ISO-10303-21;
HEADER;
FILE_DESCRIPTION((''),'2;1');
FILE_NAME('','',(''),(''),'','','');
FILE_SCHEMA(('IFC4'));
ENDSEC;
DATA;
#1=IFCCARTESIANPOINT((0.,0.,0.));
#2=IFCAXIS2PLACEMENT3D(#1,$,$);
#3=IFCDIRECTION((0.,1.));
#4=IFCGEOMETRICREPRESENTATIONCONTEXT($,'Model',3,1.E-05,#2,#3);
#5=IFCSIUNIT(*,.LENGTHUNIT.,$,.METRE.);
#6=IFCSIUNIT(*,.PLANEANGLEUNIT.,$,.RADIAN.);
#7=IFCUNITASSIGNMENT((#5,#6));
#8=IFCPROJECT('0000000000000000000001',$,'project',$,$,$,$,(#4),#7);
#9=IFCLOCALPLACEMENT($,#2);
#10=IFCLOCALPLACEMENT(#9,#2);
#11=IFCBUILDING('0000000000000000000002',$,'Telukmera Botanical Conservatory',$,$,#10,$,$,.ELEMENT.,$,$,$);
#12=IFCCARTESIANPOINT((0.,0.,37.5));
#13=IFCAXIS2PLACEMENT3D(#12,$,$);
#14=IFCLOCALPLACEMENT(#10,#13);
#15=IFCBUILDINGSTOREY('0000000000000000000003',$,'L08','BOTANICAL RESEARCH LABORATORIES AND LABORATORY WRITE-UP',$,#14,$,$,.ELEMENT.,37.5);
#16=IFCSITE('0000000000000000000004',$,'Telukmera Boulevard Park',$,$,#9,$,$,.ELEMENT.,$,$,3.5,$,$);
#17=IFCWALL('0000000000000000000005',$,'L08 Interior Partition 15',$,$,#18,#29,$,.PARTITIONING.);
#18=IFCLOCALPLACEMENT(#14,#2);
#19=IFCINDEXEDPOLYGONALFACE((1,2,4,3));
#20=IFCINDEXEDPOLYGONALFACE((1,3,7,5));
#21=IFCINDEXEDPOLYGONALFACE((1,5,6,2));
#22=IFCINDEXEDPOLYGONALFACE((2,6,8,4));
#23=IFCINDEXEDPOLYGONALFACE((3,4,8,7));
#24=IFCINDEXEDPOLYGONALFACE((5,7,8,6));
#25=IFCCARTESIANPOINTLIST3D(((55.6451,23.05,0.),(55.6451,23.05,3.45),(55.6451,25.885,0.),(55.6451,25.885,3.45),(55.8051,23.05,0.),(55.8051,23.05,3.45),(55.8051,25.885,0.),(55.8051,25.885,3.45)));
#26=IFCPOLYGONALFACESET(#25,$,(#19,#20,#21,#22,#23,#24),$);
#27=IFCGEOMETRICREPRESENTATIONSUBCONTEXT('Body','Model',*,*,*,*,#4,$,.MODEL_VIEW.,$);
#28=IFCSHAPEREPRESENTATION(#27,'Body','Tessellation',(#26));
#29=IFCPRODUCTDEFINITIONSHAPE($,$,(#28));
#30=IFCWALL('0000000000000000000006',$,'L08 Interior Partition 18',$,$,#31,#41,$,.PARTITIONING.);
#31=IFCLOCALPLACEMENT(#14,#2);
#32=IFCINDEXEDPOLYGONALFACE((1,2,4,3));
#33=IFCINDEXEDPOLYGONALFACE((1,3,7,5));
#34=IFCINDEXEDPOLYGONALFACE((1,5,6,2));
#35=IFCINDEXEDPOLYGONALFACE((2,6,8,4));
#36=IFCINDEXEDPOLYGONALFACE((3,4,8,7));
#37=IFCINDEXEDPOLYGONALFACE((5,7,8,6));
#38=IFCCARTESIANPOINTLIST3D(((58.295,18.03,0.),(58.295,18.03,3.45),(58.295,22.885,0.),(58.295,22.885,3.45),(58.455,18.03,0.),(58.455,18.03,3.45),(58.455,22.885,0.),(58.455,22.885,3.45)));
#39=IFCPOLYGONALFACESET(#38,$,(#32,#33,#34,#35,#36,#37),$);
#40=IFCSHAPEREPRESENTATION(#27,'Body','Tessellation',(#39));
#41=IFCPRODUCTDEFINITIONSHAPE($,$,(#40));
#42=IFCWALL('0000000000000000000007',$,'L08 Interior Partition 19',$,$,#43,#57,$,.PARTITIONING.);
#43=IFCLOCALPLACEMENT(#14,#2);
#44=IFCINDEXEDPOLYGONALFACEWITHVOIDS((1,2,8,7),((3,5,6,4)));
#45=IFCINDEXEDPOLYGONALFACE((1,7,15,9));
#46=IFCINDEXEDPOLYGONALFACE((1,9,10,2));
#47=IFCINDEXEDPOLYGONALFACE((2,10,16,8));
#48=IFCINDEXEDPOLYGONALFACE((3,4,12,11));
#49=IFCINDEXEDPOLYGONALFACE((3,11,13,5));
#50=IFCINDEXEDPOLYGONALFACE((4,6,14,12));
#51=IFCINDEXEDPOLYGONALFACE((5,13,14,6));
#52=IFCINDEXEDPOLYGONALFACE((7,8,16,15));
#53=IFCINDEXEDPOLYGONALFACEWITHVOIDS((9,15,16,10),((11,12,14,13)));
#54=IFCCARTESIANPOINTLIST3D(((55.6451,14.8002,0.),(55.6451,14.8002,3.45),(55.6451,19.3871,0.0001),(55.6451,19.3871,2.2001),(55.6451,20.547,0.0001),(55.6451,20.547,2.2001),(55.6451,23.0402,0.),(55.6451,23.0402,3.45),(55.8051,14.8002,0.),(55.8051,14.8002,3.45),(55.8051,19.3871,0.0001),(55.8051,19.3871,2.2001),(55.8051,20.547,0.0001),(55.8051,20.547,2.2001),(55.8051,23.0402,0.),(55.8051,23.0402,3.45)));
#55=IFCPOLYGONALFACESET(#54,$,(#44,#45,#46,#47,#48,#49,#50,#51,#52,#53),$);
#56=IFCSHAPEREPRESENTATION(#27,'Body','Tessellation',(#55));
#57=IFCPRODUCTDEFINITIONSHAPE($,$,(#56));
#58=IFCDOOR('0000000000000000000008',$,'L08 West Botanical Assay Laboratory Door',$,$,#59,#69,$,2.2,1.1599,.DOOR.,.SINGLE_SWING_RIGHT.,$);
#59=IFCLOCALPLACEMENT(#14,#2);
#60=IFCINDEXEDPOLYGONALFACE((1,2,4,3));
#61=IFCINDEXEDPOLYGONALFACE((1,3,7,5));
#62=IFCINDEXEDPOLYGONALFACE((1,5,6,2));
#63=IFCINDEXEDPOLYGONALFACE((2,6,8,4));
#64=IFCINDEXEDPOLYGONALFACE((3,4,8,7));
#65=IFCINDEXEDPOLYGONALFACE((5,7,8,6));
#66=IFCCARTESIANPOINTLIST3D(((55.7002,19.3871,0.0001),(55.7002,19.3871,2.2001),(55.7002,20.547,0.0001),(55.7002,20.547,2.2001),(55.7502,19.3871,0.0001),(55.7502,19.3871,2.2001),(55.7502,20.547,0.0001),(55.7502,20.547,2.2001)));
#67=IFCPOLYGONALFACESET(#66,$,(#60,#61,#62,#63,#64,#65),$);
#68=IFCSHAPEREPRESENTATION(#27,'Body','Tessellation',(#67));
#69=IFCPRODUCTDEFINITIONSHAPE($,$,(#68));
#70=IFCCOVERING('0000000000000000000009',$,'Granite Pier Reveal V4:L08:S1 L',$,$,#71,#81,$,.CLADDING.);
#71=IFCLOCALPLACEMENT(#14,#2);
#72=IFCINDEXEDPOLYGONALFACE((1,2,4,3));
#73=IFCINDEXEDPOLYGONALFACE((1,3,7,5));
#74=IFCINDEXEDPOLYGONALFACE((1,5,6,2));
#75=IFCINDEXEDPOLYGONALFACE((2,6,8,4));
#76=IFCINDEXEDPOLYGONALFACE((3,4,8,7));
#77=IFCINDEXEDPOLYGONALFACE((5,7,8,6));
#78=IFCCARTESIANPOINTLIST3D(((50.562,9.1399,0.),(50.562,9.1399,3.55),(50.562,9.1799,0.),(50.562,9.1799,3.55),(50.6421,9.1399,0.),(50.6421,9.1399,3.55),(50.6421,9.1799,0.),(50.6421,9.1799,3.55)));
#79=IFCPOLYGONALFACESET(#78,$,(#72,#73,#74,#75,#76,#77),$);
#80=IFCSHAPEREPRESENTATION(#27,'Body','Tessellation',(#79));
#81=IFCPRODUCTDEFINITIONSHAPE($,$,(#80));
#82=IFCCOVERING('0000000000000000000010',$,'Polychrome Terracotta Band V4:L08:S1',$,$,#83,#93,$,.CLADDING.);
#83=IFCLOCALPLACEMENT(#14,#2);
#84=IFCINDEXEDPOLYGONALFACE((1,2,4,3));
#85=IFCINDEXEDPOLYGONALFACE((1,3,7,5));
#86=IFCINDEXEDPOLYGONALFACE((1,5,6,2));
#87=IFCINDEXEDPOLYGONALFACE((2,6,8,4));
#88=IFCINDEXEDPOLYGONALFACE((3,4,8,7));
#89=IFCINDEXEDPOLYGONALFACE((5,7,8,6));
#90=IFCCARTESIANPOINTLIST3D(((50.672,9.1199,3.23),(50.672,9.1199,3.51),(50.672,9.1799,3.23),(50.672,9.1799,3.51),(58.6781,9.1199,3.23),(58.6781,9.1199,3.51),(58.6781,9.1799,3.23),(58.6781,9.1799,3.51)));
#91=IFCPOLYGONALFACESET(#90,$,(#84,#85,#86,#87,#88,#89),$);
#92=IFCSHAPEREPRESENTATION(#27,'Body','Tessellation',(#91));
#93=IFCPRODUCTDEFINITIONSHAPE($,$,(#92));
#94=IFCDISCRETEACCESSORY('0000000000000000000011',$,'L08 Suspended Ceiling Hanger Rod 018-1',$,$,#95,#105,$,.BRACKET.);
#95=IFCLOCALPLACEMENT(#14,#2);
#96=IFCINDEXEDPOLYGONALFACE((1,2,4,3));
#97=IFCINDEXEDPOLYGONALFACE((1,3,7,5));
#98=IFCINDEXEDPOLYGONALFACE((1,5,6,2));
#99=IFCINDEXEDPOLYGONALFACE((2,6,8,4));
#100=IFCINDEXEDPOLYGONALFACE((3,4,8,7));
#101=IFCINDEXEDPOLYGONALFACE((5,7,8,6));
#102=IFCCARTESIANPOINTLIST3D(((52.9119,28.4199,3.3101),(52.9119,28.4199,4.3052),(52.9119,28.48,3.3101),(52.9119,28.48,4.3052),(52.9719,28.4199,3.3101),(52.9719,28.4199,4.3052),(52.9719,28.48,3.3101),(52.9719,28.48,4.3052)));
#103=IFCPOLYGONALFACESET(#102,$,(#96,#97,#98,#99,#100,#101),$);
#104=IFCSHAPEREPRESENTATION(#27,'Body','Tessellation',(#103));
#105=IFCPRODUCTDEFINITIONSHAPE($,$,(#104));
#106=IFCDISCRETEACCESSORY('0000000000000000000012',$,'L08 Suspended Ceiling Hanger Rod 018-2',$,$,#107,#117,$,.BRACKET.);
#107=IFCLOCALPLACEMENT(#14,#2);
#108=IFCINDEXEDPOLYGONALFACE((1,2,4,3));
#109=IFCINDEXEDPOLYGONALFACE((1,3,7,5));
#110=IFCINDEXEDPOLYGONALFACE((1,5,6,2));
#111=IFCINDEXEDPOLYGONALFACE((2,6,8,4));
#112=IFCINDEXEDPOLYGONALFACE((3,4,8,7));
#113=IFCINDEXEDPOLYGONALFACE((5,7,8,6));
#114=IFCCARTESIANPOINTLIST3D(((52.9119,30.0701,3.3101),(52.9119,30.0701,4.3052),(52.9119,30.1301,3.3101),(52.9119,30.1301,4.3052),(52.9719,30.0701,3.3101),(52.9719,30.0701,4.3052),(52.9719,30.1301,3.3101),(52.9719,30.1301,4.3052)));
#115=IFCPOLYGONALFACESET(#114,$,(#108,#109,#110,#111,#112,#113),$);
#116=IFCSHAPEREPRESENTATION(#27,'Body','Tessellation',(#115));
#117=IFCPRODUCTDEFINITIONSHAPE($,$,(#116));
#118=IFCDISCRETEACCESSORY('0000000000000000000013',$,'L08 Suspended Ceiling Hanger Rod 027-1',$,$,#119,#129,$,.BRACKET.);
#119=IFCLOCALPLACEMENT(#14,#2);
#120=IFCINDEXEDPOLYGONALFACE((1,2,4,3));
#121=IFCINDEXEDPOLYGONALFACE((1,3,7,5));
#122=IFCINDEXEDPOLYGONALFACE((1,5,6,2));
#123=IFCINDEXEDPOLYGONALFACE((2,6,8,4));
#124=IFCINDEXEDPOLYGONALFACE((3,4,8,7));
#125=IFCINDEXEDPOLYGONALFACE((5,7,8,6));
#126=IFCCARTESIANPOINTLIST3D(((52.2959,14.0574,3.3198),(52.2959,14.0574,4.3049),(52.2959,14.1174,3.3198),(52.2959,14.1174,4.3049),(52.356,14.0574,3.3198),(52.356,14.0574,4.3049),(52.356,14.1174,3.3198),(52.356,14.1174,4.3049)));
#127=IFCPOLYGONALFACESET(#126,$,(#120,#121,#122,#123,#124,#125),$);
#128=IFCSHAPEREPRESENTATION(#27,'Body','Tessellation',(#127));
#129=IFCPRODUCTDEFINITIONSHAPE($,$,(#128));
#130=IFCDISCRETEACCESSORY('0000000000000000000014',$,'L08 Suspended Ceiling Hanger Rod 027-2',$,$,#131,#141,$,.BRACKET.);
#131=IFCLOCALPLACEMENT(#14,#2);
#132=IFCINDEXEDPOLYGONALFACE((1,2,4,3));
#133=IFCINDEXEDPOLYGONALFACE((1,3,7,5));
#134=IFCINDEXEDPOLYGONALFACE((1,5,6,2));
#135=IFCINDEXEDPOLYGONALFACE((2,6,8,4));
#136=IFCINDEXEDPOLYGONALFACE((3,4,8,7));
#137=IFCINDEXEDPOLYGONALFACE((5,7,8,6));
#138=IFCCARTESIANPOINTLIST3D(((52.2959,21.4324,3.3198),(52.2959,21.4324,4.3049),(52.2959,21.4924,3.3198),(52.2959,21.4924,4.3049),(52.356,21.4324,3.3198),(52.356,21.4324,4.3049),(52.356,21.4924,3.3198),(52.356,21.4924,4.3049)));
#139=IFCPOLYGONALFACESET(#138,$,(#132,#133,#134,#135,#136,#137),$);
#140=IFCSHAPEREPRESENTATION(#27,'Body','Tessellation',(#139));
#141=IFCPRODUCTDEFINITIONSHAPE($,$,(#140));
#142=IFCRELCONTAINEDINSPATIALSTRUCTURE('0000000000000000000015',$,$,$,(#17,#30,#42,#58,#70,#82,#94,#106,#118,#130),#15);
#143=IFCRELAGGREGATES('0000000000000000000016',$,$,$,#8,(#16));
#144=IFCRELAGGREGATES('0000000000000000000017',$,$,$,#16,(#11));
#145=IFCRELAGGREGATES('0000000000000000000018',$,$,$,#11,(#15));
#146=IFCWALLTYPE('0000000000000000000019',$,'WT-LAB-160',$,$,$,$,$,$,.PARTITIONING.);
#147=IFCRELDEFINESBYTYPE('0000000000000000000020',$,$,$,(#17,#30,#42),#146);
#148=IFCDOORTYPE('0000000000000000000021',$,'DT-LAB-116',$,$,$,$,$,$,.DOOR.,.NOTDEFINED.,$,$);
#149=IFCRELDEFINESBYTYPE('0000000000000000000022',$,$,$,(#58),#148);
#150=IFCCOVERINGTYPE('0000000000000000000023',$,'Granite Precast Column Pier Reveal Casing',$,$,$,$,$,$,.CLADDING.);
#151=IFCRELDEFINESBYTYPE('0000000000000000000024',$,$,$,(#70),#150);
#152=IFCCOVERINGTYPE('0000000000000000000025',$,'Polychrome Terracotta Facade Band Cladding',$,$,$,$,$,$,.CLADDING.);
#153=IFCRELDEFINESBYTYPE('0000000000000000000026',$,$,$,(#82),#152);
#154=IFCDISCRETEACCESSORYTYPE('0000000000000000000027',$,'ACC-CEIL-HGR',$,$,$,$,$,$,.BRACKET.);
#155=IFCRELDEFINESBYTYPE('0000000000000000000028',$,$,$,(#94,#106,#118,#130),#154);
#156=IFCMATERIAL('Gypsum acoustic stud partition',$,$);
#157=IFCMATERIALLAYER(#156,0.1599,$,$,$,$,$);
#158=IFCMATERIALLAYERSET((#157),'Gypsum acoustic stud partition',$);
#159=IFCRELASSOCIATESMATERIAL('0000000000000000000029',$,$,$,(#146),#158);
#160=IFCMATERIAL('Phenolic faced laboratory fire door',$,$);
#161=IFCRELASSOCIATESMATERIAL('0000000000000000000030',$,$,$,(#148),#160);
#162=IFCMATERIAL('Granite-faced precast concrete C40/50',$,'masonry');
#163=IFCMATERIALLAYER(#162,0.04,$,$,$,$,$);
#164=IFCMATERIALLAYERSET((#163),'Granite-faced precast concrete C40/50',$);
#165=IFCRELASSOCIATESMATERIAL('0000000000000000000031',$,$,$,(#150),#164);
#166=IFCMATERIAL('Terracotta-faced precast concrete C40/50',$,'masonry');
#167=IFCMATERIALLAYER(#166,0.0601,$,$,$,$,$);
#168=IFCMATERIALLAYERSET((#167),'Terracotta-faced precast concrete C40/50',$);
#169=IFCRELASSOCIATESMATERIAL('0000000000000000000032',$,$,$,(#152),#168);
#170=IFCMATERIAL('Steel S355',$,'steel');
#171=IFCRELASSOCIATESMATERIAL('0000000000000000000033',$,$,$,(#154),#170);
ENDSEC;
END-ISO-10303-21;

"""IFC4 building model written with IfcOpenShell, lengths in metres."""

from ifc_helpers import new_model, si_unit, direction, frame, frame_2d, origin, origin_2d, place, context, subcontext, project, spatial, rectangle, extrude, material, layer, layer_set, type_object, element, fill, save


model = new_model("IFC4")

# Units and contexts
model_context = context("Model", 3, precision=1e-05, world=origin(), true_north=direction((0.0, 1.0)))
body_context = subcontext(model_context, "Body", "Model", "MODEL_VIEW")
ifc_project = project(units=[si_unit("LENGTHUNIT", "METRE"), si_unit("PLANEANGLEUNIT", "RADIAN")], contexts=[model_context])

# Site, building, storey
site_placement = place(None, origin())
site = spatial("IfcSite", under=ifc_project, at=site_placement, Name="Telukmera Boulevard Park", CompositionType="ELEMENT", RefElevation=3.5)
building_placement = place(site_placement, origin())
building = spatial("IfcBuilding", under=site, at=building_placement, Name="Telukmera Botanical Conservatory", CompositionType="ELEMENT")
storey_placement = place(building_placement, frame((0.0, 0.0, 37.5)))
storey = spatial("IfcBuildingStorey", under=building, at=storey_placement, Name="L08", Description="BOTANICAL RESEARCH LABORATORIES AND LABORATORY WRITE-UP", CompositionType="ELEMENT", Elevation=37.5)

# Shared definitions
ifc_material_1 = material(Name="Gypsum acoustic stud partition")
ifc_layer_1 = layer(ifc_material_1, 0.1599)
ifc_layer_set_1 = layer_set([ifc_layer_1], Name="Gypsum acoustic stud partition")
wall_type_1 = type_object("IfcWallType", Name="WT-LAB-160", PredefinedType="PARTITIONING", material=ifc_layer_set_1)
ifc_material_2 = material(Name="Phenolic faced laboratory fire door")
door_type = type_object("IfcDoorType", Name="DT-LAB-116", OperationType="NOTDEFINED", PredefinedType="DOOR", material=ifc_material_2)

# Walls
wall_1_placement = place(storey_placement, frame((55.7251, 23.05, 0.0), z_axis=(0.0, 0.0, 1.0), x_axis=(0.0, 1.0, 0.0)))
element("IfcWall", 1, at=wall_1_placement, inside=storey, type_object=wall_type_1, Name="L08 Interior Partition 15", PredefinedType="PARTITIONING", context=body_context, shape_type="SweptSolid", body=[
    extrude(rectangle(XDim=2.835, YDim=0.1599, at=frame_2d((1.4175, 0.0))), origin(), (0.0, 0.0, 1.0), 3.45),
])
wall_2_placement = place(storey_placement, frame((58.375, 18.03, 0.0), z_axis=(0.0, 0.0, 1.0), x_axis=(0.0, 1.0, 0.0)))
element("IfcWall", 2, at=wall_2_placement, inside=storey, type_object=wall_type_1, Name="L08 Interior Partition 18", PredefinedType="PARTITIONING", context=body_context, shape_type="SweptSolid", body=[
    extrude(rectangle(XDim=4.855, YDim=0.1599, at=frame_2d((2.4275, 0.0))), origin(), (0.0, 0.0, 1.0), 3.45),
])

# Wall, opening, door
wall_3_placement = place(storey_placement, frame((55.7251, 14.8, 0.0), z_axis=(0.0, 0.0, 1.0), x_axis=(0.0, 1.0, 0.0)))
wall_3 = element("IfcWall", 3, at=wall_3_placement, inside=storey, type_object=wall_type_1, Name="L08 Interior Partition 19", PredefinedType="PARTITIONING", context=body_context, shape_type="SweptSolid", body=[
    extrude(rectangle(XDim=8.24, YDim=0.1599, at=frame_2d((4.1201, 0.0))), origin(), (0.0, 0.0, 1.0), 3.45),
])
opening_1_placement = place(wall_3_placement, frame((4.5869, 0.0, 0.0)))
opening_1 = element("IfcOpeningElement", 4, at=opening_1_placement, cuts=wall_3, PredefinedType="OPENING", context=body_context, shape_type="SweptSolid", body=[
    extrude(rectangle(XDim=1.1599, YDim=2.2, at=frame_2d((0.5801, 1.1001))), frame((0.0, 0.0898, 0.0), z_axis=(0.0, -1.0, 0.0), x_axis=(1.0, 0.0, 0.0)), (0.0, 0.0, 1.0), 0.1799),
])
door_1_placement = place(opening_1_placement, origin())
door_1 = element("IfcDoor", 5, at=door_1_placement, inside=storey, type_object=door_type, Name="L08 West Botanical Assay Laboratory Door", OperationType="SINGLE_SWING_RIGHT", OverallHeight=2.2, OverallWidth=1.1599, PredefinedType="DOOR", context=body_context, shape_type="SweptSolid", body=[
    extrude(rectangle(XDim=1.1599, YDim=2.2, at=frame_2d((0.5801, 1.1001))), frame((0.0, 0.0249, 0.0), z_axis=(0.0, -1.0, 0.0), x_axis=(1.0, 0.0, 0.0)), (0.0, 0.0, 1.0), 0.05),
])
fill(opening_1, door_1)

# Coverings
ifc_material_3 = material(Name="Granite-faced precast concrete C40/50", Category="masonry")
ifc_layer_2 = layer(ifc_material_3, 0.04)
ifc_layer_set_2 = layer_set([ifc_layer_2], Name="Granite-faced precast concrete C40/50")
covering_type_1 = type_object("IfcCoveringType", Name="Granite Precast Column Pier Reveal Casing", PredefinedType="CLADDING", material=ifc_layer_set_2)
covering_1_placement = place(storey_placement, frame((50.6021, 9.1599, 0.0), z_axis=(0.0, 0.0, 1.0), x_axis=(1.0, 0.0, 0.0)))
element("IfcCovering", 6, at=covering_1_placement, inside=storey, type_object=covering_type_1, Name="Granite Pier Reveal V4:L08:S1 L", PredefinedType="CLADDING", context=body_context, shape_type="SweptSolid", body=[
    extrude(rectangle(XDim=0.0801, YDim=0.04, at=origin_2d()), origin(), (0.0, 0.0, 1.0), 3.55),
])
ifc_material_4 = material(Name="Terracotta-faced precast concrete C40/50", Category="masonry")
ifc_layer_3 = layer(ifc_material_4, 0.0601)
ifc_layer_set_3 = layer_set([ifc_layer_3], Name="Terracotta-faced precast concrete C40/50")
covering_type_2 = type_object("IfcCoveringType", Name="Polychrome Terracotta Facade Band Cladding", PredefinedType="CLADDING", material=ifc_layer_set_3)
covering_2_placement = place(storey_placement, frame((54.675, 9.1499, 3.23), z_axis=(0.0, 0.0, 1.0), x_axis=(1.0, 0.0, 0.0)))
element("IfcCovering", 7, at=covering_2_placement, inside=storey, type_object=covering_type_2, Name="Polychrome Terracotta Band V4:L08:S1", PredefinedType="CLADDING", context=body_context, shape_type="SweptSolid", body=[
    extrude(rectangle(XDim=8.0061, YDim=0.0601, at=origin_2d()), origin(), (0.0, 0.0, 1.0), 0.28),
])

# Discrete accessories
ifc_material_5 = material(Name="Steel S355", Category="steel")
discrete_accessory_type = type_object("IfcDiscreteAccessoryType", Name="ACC-CEIL-HGR", PredefinedType="BRACKET", material=ifc_material_5)
for number, where, z_axis, x_axis, name in (
    (8, (52.9419, 28.45, 3.3101), (0.0, 0.0, 1.0), (1.0, 0.0, 0.0), "L08 Suspended Ceiling Hanger Rod 018-1"),
    (9, (52.9419, 30.1001, 3.3101), (0.0, 0.0, 1.0), (1.0, 0.0, 0.0), "L08 Suspended Ceiling Hanger Rod 018-2"),
):
    element("IfcDiscreteAccessory", number, at=place(storey_placement, frame(where, z_axis=z_axis, x_axis=x_axis)), inside=storey, type_object=discrete_accessory_type, Name=name, PredefinedType="BRACKET", context=body_context, shape_type="SweptSolid", body=[
        extrude(rectangle(XDim=0.0601, YDim=0.0601, at=origin_2d()), origin(), (0.0, 0.0, 1.0), 0.9951),
    ])
for number, where, z_axis, x_axis, name in (
    (10, (52.3259, 14.0874, 3.3198), (0.0, 0.0, 1.0), (1.0, 0.0, 0.0), "L08 Suspended Ceiling Hanger Rod 027-1"),
    (11, (52.3259, 21.4624, 3.3198), (0.0, 0.0, 1.0), (1.0, 0.0, 0.0), "L08 Suspended Ceiling Hanger Rod 027-2"),
):
    element("IfcDiscreteAccessory", number, at=place(storey_placement, frame(where, z_axis=z_axis, x_axis=x_axis)), inside=storey, type_object=discrete_accessory_type, Name=name, PredefinedType="BRACKET", context=body_context, shape_type="SweptSolid", body=[
        extrude(rectangle(XDim=0.0601, YDim=0.0601, at=origin_2d()), origin(), (0.0, 0.0, 1.0), 0.9851),
    ])

save(model, "model.ifc")
